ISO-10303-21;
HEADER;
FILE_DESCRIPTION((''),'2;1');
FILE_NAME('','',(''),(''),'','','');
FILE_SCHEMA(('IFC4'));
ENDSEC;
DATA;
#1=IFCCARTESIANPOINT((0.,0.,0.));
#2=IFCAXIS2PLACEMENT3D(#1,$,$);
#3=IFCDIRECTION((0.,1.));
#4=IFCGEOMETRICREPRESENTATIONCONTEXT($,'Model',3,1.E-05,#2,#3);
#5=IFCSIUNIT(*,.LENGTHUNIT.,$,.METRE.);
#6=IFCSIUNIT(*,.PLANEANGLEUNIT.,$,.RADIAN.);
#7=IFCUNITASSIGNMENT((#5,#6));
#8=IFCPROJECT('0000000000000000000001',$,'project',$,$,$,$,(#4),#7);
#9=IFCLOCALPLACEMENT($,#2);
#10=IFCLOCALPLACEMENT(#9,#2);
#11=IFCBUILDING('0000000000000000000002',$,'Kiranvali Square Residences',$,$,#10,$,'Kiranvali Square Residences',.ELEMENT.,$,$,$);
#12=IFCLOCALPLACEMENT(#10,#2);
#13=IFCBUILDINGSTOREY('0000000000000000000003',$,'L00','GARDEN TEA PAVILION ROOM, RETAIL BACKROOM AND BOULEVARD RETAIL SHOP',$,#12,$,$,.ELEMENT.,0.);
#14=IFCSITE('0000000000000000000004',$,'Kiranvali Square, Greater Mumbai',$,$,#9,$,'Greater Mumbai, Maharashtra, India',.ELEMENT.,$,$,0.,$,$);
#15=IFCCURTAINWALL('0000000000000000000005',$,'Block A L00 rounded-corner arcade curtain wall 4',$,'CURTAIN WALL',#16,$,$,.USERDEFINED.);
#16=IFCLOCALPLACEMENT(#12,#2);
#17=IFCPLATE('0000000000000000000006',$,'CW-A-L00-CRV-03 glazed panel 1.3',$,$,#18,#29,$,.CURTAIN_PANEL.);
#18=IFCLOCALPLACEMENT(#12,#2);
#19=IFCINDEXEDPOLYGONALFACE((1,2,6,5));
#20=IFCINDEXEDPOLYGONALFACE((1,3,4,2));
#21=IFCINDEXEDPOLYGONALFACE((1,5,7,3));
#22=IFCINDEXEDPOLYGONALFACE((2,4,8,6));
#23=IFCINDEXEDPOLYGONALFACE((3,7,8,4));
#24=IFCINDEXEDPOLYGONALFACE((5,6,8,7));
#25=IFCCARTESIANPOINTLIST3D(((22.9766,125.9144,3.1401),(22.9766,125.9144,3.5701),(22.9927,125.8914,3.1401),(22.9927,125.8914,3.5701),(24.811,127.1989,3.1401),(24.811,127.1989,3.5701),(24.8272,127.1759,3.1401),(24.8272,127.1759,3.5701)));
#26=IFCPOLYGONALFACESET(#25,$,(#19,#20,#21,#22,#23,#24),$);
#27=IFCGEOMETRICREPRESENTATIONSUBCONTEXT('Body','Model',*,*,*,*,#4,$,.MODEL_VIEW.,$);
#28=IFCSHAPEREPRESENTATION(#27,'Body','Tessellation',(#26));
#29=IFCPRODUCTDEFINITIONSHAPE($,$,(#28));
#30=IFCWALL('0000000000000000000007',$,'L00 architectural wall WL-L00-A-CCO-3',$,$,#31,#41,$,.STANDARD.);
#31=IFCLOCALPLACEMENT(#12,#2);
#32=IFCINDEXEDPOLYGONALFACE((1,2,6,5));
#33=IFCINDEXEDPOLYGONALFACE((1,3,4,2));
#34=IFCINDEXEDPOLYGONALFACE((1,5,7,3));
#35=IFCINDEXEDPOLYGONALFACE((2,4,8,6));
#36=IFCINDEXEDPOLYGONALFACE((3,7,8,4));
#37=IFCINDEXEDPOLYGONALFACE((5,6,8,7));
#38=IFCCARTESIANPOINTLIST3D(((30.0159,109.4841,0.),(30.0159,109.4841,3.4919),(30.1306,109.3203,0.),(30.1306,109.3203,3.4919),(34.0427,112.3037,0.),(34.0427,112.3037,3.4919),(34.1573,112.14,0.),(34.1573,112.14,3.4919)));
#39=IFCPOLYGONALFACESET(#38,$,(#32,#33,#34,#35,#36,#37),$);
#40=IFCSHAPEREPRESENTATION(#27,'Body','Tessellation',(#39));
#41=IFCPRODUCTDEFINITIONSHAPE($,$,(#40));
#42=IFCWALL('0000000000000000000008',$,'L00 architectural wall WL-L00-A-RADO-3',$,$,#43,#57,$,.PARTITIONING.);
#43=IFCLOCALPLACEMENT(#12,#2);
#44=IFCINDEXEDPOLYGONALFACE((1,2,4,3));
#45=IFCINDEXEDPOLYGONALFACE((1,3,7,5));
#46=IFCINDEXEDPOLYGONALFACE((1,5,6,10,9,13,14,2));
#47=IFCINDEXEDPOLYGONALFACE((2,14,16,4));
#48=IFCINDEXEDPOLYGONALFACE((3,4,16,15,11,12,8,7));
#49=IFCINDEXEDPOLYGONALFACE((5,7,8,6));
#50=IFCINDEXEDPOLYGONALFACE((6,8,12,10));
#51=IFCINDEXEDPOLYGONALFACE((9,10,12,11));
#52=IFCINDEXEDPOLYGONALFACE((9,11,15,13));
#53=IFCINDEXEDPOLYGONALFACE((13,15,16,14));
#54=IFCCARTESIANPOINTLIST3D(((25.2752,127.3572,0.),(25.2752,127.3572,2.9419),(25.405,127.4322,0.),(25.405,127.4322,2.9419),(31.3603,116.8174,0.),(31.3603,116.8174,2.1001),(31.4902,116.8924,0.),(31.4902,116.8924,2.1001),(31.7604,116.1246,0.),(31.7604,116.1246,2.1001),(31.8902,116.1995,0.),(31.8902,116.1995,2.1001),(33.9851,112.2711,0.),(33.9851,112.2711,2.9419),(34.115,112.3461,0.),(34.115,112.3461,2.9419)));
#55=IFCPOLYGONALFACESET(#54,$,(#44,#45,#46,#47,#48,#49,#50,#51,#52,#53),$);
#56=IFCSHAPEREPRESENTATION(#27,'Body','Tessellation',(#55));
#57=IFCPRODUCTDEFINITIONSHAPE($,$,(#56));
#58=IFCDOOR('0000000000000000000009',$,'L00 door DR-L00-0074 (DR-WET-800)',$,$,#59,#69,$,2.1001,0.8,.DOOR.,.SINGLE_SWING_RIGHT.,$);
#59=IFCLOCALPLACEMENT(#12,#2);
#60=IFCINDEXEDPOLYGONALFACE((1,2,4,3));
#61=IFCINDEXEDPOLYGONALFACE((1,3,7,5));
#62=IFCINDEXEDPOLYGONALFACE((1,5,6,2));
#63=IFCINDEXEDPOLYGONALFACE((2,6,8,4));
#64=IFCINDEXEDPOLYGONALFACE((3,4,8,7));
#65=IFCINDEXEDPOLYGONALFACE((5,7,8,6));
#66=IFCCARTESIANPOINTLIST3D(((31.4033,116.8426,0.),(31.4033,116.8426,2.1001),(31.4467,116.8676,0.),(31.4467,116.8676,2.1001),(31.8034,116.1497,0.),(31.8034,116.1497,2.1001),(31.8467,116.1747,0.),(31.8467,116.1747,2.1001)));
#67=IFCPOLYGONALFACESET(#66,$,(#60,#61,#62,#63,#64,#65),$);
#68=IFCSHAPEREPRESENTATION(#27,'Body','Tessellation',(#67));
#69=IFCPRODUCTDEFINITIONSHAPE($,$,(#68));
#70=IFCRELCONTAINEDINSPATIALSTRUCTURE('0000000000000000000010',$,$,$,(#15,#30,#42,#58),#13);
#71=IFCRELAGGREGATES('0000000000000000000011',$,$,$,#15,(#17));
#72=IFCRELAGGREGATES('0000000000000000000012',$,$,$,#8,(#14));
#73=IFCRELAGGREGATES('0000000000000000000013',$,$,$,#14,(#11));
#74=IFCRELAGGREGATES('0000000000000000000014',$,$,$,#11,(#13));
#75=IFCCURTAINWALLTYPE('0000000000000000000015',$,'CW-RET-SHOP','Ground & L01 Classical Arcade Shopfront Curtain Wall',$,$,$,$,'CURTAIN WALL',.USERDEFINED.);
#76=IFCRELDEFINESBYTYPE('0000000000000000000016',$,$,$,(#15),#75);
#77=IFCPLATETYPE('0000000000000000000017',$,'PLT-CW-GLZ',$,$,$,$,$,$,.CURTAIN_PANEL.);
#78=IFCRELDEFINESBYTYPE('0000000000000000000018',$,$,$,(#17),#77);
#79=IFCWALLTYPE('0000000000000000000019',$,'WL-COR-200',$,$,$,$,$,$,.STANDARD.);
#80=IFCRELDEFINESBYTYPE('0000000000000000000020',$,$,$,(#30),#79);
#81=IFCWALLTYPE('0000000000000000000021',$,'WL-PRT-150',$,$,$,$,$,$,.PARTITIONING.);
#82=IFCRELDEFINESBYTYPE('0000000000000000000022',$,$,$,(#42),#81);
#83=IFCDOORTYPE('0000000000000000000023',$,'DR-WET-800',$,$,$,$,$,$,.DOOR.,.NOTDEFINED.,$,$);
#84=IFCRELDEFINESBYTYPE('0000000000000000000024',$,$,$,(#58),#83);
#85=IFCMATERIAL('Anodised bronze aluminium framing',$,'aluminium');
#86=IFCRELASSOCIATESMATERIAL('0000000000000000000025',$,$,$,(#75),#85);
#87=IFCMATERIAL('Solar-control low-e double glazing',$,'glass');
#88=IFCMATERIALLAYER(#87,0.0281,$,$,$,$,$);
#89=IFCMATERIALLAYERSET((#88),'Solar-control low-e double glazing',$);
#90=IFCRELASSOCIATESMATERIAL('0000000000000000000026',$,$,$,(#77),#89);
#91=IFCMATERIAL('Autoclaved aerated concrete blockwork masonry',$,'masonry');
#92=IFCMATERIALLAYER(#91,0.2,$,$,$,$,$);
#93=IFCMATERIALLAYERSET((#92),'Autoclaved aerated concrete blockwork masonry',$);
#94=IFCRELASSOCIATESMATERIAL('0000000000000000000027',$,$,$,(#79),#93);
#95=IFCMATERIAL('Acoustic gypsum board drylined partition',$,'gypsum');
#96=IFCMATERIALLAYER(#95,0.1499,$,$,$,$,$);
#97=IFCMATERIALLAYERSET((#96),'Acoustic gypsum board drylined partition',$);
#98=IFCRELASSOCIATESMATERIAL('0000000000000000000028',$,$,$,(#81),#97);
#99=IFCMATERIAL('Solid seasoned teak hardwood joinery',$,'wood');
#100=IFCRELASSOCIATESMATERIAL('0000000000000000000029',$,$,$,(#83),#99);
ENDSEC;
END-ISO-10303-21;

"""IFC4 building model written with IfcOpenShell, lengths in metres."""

from ifc_helpers import new_model, si_unit, direction, frame, frame_2d, origin, origin_2d, place, context, subcontext, project, spatial, rectangle, extrude, material, layer, layer_set, type_object, element, fill, aggregate, save


model = new_model("IFC4")

# Units and contexts
model_context = context("Model", 3, precision=1e-05, world=origin(), true_north=direction((0.0, 1.0)))
body_context = subcontext(model_context, "Body", "Model", "MODEL_VIEW")
ifc_project = project(units=[si_unit("LENGTHUNIT", "METRE"), si_unit("PLANEANGLEUNIT", "RADIAN")], contexts=[model_context])

# Site, building, storey
site_placement = place(None, origin())
site = spatial("IfcSite", under=ifc_project, at=site_placement, Name="Kiranvali Square, Greater Mumbai", LongName="Greater Mumbai, Maharashtra, India", CompositionType="ELEMENT", RefElevation=0.0)
building_placement = place(site_placement, origin())
building = spatial("IfcBuilding", under=site, at=building_placement, Name="Kiranvali Square Residences", LongName="Kiranvali Square Residences", CompositionType="ELEMENT")
storey_placement = place(building_placement, origin())
storey = spatial("IfcBuildingStorey", under=building, at=storey_placement, Name="L00", Description="GARDEN TEA PAVILION ROOM, RETAIL BACKROOM AND BOULEVARD RETAIL SHOP", CompositionType="ELEMENT", Elevation=0.0)

# Curtain wall, plate
ifc_material_1 = material(Name="Anodised bronze aluminium framing", Category="aluminium")
curtain_wall_type = type_object("IfcCurtainWallType", Name="CW-RET-SHOP", Description="Ground & L01 Classical Arcade Shopfront Curtain Wall", ElementType="CURTAIN WALL", PredefinedType="USERDEFINED", material=ifc_material_1)
curtain_wall_placement = place(storey_placement, origin())
curtain_wall = element("IfcCurtainWall", 1, at=curtain_wall_placement, inside=storey, type_object=curtain_wall_type, Name="Block A L00 rounded-corner arcade curtain wall 4", ObjectType="CURTAIN WALL", PredefinedType="USERDEFINED")
ifc_material_2 = material(Name="Solar-control low-e double glazing", Category="glass")
ifc_layer_1 = layer(ifc_material_2, 0.0281)
ifc_layer_set_1 = layer_set([ifc_layer_1], Name="Solar-control low-e double glazing")
plate_type = type_object("IfcPlateType", Name="PLT-CW-GLZ", PredefinedType="CURTAIN_PANEL", material=ifc_layer_set_1)
plate_placement = place(storey_placement, frame((23.9019, 126.5452, 3.1401), z_axis=(0.0, 0.0, 1.0), x_axis=(-0.819152, -0.573576, 0.0)))
plate = element("IfcPlate", 2, at=plate_placement, type_object=plate_type, Name="CW-A-L00-CRV-03 glazed panel 1.3", PredefinedType="CURTAIN_PANEL", context=body_context, shape_type="SweptSolid", body=[
    extrude(rectangle(XDim=2.2395, YDim=0.0281, at=origin_2d()), origin(), (0.0, 0.0, 1.0), 0.4299),
])
aggregate(curtain_wall, [plate])

# Wall
ifc_material_3 = material(Name="Autoclaved aerated concrete blockwork masonry", Category="masonry")
ifc_layer_2 = layer(ifc_material_3, 0.2)
ifc_layer_set_2 = layer_set([ifc_layer_2], Name="Autoclaved aerated concrete blockwork masonry")
wall_type_1 = type_object("IfcWallType", Name="WL-COR-200", PredefinedType="STANDARD", material=ifc_layer_set_2)
wall_1_placement = place(storey_placement, frame((34.1001, 112.2219, 0.0), z_axis=(0.0, 0.0, 1.0), x_axis=(-0.819141, -0.573592, 0.0)))
element("IfcWall", 3, at=wall_1_placement, inside=storey, type_object=wall_type_1, Name="L00 architectural wall WL-L00-A-CCO-3", PredefinedType="STANDARD", context=body_context, shape_type="SweptSolid", body=[
    extrude(rectangle(XDim=4.9158, YDim=0.2, at=frame_2d((2.458, 0.0))), origin(), (0.0, 0.0, 1.0), 3.4919),
])

# Wall, opening, door
ifc_material_4 = material(Name="Acoustic gypsum board drylined partition", Category="gypsum")
ifc_layer_3 = layer(ifc_material_4, 0.1499)
ifc_layer_set_3 = layer_set([ifc_layer_3], Name="Acoustic gypsum board drylined partition")
wall_type_2 = type_object("IfcWallType", Name="WL-PRT-150", PredefinedType="PARTITIONING", material=ifc_layer_set_3)
wall_2_placement = place(storey_placement, frame((34.05, 112.3086, 0.0), z_axis=(0.0, 0.0, 1.0), x_axis=(-0.499998, 0.866027, 0.0)))
wall_2 = element("IfcWall", 4, at=wall_2_placement, inside=storey, type_object=wall_type_2, Name="L00 architectural wall WL-L00-A-RADO-3", PredefinedType="PARTITIONING", context=body_context, shape_type="SweptSolid", body=[
    extrude(rectangle(XDim=17.4199, YDim=0.1499, at=frame_2d((8.71, 0.0))), origin(), (0.0, 0.0, 1.0), 2.9419),
])
opening_placement = place(wall_2_placement, frame((4.4497, 0.0, 0.0)))
opening = element("IfcOpeningElement", 5, at=opening_placement, cuts=wall_2, PredefinedType="OPENING", context=body_context, shape_type="SweptSolid", body=[
    extrude(rectangle(XDim=0.8, YDim=2.1001, at=frame_2d((0.3999, 1.05))), frame((0.0, 0.085, 0.0), z_axis=(0.0, -1.0, 0.0), x_axis=(1.0, 0.0, 0.0)), (0.0, 0.0, 1.0), 0.1699),
])
ifc_material_5 = material(Name="Solid seasoned teak hardwood joinery", Category="wood")
door_type = type_object("IfcDoorType", Name="DR-WET-800", OperationType="NOTDEFINED", PredefinedType="DOOR", material=ifc_material_5)
door_placement = place(opening_placement, frame((0.8, 0.0, 0.0), z_axis=(0.0, 0.0, 1.0), x_axis=(-1.0, 0.0, 0.0)))
door = element("IfcDoor", 6, at=door_placement, inside=storey, type_object=door_type, Name="L00 door DR-L00-0074 (DR-WET-800)", OperationType="SINGLE_SWING_RIGHT", OverallHeight=2.1001, OverallWidth=0.8, PredefinedType="DOOR", context=body_context, shape_type="SweptSolid", body=[
    extrude(rectangle(XDim=0.8, YDim=2.1001, at=frame_2d((0.3999, 1.05))), frame((0.0, 0.0249, 0.0), z_axis=(0.0, -1.0, 0.0), x_axis=(1.0, 0.0, 0.0)), (0.0, 0.0, 1.0), 0.05),
])
fill(opening, door)

save(model, "model.ifc")
